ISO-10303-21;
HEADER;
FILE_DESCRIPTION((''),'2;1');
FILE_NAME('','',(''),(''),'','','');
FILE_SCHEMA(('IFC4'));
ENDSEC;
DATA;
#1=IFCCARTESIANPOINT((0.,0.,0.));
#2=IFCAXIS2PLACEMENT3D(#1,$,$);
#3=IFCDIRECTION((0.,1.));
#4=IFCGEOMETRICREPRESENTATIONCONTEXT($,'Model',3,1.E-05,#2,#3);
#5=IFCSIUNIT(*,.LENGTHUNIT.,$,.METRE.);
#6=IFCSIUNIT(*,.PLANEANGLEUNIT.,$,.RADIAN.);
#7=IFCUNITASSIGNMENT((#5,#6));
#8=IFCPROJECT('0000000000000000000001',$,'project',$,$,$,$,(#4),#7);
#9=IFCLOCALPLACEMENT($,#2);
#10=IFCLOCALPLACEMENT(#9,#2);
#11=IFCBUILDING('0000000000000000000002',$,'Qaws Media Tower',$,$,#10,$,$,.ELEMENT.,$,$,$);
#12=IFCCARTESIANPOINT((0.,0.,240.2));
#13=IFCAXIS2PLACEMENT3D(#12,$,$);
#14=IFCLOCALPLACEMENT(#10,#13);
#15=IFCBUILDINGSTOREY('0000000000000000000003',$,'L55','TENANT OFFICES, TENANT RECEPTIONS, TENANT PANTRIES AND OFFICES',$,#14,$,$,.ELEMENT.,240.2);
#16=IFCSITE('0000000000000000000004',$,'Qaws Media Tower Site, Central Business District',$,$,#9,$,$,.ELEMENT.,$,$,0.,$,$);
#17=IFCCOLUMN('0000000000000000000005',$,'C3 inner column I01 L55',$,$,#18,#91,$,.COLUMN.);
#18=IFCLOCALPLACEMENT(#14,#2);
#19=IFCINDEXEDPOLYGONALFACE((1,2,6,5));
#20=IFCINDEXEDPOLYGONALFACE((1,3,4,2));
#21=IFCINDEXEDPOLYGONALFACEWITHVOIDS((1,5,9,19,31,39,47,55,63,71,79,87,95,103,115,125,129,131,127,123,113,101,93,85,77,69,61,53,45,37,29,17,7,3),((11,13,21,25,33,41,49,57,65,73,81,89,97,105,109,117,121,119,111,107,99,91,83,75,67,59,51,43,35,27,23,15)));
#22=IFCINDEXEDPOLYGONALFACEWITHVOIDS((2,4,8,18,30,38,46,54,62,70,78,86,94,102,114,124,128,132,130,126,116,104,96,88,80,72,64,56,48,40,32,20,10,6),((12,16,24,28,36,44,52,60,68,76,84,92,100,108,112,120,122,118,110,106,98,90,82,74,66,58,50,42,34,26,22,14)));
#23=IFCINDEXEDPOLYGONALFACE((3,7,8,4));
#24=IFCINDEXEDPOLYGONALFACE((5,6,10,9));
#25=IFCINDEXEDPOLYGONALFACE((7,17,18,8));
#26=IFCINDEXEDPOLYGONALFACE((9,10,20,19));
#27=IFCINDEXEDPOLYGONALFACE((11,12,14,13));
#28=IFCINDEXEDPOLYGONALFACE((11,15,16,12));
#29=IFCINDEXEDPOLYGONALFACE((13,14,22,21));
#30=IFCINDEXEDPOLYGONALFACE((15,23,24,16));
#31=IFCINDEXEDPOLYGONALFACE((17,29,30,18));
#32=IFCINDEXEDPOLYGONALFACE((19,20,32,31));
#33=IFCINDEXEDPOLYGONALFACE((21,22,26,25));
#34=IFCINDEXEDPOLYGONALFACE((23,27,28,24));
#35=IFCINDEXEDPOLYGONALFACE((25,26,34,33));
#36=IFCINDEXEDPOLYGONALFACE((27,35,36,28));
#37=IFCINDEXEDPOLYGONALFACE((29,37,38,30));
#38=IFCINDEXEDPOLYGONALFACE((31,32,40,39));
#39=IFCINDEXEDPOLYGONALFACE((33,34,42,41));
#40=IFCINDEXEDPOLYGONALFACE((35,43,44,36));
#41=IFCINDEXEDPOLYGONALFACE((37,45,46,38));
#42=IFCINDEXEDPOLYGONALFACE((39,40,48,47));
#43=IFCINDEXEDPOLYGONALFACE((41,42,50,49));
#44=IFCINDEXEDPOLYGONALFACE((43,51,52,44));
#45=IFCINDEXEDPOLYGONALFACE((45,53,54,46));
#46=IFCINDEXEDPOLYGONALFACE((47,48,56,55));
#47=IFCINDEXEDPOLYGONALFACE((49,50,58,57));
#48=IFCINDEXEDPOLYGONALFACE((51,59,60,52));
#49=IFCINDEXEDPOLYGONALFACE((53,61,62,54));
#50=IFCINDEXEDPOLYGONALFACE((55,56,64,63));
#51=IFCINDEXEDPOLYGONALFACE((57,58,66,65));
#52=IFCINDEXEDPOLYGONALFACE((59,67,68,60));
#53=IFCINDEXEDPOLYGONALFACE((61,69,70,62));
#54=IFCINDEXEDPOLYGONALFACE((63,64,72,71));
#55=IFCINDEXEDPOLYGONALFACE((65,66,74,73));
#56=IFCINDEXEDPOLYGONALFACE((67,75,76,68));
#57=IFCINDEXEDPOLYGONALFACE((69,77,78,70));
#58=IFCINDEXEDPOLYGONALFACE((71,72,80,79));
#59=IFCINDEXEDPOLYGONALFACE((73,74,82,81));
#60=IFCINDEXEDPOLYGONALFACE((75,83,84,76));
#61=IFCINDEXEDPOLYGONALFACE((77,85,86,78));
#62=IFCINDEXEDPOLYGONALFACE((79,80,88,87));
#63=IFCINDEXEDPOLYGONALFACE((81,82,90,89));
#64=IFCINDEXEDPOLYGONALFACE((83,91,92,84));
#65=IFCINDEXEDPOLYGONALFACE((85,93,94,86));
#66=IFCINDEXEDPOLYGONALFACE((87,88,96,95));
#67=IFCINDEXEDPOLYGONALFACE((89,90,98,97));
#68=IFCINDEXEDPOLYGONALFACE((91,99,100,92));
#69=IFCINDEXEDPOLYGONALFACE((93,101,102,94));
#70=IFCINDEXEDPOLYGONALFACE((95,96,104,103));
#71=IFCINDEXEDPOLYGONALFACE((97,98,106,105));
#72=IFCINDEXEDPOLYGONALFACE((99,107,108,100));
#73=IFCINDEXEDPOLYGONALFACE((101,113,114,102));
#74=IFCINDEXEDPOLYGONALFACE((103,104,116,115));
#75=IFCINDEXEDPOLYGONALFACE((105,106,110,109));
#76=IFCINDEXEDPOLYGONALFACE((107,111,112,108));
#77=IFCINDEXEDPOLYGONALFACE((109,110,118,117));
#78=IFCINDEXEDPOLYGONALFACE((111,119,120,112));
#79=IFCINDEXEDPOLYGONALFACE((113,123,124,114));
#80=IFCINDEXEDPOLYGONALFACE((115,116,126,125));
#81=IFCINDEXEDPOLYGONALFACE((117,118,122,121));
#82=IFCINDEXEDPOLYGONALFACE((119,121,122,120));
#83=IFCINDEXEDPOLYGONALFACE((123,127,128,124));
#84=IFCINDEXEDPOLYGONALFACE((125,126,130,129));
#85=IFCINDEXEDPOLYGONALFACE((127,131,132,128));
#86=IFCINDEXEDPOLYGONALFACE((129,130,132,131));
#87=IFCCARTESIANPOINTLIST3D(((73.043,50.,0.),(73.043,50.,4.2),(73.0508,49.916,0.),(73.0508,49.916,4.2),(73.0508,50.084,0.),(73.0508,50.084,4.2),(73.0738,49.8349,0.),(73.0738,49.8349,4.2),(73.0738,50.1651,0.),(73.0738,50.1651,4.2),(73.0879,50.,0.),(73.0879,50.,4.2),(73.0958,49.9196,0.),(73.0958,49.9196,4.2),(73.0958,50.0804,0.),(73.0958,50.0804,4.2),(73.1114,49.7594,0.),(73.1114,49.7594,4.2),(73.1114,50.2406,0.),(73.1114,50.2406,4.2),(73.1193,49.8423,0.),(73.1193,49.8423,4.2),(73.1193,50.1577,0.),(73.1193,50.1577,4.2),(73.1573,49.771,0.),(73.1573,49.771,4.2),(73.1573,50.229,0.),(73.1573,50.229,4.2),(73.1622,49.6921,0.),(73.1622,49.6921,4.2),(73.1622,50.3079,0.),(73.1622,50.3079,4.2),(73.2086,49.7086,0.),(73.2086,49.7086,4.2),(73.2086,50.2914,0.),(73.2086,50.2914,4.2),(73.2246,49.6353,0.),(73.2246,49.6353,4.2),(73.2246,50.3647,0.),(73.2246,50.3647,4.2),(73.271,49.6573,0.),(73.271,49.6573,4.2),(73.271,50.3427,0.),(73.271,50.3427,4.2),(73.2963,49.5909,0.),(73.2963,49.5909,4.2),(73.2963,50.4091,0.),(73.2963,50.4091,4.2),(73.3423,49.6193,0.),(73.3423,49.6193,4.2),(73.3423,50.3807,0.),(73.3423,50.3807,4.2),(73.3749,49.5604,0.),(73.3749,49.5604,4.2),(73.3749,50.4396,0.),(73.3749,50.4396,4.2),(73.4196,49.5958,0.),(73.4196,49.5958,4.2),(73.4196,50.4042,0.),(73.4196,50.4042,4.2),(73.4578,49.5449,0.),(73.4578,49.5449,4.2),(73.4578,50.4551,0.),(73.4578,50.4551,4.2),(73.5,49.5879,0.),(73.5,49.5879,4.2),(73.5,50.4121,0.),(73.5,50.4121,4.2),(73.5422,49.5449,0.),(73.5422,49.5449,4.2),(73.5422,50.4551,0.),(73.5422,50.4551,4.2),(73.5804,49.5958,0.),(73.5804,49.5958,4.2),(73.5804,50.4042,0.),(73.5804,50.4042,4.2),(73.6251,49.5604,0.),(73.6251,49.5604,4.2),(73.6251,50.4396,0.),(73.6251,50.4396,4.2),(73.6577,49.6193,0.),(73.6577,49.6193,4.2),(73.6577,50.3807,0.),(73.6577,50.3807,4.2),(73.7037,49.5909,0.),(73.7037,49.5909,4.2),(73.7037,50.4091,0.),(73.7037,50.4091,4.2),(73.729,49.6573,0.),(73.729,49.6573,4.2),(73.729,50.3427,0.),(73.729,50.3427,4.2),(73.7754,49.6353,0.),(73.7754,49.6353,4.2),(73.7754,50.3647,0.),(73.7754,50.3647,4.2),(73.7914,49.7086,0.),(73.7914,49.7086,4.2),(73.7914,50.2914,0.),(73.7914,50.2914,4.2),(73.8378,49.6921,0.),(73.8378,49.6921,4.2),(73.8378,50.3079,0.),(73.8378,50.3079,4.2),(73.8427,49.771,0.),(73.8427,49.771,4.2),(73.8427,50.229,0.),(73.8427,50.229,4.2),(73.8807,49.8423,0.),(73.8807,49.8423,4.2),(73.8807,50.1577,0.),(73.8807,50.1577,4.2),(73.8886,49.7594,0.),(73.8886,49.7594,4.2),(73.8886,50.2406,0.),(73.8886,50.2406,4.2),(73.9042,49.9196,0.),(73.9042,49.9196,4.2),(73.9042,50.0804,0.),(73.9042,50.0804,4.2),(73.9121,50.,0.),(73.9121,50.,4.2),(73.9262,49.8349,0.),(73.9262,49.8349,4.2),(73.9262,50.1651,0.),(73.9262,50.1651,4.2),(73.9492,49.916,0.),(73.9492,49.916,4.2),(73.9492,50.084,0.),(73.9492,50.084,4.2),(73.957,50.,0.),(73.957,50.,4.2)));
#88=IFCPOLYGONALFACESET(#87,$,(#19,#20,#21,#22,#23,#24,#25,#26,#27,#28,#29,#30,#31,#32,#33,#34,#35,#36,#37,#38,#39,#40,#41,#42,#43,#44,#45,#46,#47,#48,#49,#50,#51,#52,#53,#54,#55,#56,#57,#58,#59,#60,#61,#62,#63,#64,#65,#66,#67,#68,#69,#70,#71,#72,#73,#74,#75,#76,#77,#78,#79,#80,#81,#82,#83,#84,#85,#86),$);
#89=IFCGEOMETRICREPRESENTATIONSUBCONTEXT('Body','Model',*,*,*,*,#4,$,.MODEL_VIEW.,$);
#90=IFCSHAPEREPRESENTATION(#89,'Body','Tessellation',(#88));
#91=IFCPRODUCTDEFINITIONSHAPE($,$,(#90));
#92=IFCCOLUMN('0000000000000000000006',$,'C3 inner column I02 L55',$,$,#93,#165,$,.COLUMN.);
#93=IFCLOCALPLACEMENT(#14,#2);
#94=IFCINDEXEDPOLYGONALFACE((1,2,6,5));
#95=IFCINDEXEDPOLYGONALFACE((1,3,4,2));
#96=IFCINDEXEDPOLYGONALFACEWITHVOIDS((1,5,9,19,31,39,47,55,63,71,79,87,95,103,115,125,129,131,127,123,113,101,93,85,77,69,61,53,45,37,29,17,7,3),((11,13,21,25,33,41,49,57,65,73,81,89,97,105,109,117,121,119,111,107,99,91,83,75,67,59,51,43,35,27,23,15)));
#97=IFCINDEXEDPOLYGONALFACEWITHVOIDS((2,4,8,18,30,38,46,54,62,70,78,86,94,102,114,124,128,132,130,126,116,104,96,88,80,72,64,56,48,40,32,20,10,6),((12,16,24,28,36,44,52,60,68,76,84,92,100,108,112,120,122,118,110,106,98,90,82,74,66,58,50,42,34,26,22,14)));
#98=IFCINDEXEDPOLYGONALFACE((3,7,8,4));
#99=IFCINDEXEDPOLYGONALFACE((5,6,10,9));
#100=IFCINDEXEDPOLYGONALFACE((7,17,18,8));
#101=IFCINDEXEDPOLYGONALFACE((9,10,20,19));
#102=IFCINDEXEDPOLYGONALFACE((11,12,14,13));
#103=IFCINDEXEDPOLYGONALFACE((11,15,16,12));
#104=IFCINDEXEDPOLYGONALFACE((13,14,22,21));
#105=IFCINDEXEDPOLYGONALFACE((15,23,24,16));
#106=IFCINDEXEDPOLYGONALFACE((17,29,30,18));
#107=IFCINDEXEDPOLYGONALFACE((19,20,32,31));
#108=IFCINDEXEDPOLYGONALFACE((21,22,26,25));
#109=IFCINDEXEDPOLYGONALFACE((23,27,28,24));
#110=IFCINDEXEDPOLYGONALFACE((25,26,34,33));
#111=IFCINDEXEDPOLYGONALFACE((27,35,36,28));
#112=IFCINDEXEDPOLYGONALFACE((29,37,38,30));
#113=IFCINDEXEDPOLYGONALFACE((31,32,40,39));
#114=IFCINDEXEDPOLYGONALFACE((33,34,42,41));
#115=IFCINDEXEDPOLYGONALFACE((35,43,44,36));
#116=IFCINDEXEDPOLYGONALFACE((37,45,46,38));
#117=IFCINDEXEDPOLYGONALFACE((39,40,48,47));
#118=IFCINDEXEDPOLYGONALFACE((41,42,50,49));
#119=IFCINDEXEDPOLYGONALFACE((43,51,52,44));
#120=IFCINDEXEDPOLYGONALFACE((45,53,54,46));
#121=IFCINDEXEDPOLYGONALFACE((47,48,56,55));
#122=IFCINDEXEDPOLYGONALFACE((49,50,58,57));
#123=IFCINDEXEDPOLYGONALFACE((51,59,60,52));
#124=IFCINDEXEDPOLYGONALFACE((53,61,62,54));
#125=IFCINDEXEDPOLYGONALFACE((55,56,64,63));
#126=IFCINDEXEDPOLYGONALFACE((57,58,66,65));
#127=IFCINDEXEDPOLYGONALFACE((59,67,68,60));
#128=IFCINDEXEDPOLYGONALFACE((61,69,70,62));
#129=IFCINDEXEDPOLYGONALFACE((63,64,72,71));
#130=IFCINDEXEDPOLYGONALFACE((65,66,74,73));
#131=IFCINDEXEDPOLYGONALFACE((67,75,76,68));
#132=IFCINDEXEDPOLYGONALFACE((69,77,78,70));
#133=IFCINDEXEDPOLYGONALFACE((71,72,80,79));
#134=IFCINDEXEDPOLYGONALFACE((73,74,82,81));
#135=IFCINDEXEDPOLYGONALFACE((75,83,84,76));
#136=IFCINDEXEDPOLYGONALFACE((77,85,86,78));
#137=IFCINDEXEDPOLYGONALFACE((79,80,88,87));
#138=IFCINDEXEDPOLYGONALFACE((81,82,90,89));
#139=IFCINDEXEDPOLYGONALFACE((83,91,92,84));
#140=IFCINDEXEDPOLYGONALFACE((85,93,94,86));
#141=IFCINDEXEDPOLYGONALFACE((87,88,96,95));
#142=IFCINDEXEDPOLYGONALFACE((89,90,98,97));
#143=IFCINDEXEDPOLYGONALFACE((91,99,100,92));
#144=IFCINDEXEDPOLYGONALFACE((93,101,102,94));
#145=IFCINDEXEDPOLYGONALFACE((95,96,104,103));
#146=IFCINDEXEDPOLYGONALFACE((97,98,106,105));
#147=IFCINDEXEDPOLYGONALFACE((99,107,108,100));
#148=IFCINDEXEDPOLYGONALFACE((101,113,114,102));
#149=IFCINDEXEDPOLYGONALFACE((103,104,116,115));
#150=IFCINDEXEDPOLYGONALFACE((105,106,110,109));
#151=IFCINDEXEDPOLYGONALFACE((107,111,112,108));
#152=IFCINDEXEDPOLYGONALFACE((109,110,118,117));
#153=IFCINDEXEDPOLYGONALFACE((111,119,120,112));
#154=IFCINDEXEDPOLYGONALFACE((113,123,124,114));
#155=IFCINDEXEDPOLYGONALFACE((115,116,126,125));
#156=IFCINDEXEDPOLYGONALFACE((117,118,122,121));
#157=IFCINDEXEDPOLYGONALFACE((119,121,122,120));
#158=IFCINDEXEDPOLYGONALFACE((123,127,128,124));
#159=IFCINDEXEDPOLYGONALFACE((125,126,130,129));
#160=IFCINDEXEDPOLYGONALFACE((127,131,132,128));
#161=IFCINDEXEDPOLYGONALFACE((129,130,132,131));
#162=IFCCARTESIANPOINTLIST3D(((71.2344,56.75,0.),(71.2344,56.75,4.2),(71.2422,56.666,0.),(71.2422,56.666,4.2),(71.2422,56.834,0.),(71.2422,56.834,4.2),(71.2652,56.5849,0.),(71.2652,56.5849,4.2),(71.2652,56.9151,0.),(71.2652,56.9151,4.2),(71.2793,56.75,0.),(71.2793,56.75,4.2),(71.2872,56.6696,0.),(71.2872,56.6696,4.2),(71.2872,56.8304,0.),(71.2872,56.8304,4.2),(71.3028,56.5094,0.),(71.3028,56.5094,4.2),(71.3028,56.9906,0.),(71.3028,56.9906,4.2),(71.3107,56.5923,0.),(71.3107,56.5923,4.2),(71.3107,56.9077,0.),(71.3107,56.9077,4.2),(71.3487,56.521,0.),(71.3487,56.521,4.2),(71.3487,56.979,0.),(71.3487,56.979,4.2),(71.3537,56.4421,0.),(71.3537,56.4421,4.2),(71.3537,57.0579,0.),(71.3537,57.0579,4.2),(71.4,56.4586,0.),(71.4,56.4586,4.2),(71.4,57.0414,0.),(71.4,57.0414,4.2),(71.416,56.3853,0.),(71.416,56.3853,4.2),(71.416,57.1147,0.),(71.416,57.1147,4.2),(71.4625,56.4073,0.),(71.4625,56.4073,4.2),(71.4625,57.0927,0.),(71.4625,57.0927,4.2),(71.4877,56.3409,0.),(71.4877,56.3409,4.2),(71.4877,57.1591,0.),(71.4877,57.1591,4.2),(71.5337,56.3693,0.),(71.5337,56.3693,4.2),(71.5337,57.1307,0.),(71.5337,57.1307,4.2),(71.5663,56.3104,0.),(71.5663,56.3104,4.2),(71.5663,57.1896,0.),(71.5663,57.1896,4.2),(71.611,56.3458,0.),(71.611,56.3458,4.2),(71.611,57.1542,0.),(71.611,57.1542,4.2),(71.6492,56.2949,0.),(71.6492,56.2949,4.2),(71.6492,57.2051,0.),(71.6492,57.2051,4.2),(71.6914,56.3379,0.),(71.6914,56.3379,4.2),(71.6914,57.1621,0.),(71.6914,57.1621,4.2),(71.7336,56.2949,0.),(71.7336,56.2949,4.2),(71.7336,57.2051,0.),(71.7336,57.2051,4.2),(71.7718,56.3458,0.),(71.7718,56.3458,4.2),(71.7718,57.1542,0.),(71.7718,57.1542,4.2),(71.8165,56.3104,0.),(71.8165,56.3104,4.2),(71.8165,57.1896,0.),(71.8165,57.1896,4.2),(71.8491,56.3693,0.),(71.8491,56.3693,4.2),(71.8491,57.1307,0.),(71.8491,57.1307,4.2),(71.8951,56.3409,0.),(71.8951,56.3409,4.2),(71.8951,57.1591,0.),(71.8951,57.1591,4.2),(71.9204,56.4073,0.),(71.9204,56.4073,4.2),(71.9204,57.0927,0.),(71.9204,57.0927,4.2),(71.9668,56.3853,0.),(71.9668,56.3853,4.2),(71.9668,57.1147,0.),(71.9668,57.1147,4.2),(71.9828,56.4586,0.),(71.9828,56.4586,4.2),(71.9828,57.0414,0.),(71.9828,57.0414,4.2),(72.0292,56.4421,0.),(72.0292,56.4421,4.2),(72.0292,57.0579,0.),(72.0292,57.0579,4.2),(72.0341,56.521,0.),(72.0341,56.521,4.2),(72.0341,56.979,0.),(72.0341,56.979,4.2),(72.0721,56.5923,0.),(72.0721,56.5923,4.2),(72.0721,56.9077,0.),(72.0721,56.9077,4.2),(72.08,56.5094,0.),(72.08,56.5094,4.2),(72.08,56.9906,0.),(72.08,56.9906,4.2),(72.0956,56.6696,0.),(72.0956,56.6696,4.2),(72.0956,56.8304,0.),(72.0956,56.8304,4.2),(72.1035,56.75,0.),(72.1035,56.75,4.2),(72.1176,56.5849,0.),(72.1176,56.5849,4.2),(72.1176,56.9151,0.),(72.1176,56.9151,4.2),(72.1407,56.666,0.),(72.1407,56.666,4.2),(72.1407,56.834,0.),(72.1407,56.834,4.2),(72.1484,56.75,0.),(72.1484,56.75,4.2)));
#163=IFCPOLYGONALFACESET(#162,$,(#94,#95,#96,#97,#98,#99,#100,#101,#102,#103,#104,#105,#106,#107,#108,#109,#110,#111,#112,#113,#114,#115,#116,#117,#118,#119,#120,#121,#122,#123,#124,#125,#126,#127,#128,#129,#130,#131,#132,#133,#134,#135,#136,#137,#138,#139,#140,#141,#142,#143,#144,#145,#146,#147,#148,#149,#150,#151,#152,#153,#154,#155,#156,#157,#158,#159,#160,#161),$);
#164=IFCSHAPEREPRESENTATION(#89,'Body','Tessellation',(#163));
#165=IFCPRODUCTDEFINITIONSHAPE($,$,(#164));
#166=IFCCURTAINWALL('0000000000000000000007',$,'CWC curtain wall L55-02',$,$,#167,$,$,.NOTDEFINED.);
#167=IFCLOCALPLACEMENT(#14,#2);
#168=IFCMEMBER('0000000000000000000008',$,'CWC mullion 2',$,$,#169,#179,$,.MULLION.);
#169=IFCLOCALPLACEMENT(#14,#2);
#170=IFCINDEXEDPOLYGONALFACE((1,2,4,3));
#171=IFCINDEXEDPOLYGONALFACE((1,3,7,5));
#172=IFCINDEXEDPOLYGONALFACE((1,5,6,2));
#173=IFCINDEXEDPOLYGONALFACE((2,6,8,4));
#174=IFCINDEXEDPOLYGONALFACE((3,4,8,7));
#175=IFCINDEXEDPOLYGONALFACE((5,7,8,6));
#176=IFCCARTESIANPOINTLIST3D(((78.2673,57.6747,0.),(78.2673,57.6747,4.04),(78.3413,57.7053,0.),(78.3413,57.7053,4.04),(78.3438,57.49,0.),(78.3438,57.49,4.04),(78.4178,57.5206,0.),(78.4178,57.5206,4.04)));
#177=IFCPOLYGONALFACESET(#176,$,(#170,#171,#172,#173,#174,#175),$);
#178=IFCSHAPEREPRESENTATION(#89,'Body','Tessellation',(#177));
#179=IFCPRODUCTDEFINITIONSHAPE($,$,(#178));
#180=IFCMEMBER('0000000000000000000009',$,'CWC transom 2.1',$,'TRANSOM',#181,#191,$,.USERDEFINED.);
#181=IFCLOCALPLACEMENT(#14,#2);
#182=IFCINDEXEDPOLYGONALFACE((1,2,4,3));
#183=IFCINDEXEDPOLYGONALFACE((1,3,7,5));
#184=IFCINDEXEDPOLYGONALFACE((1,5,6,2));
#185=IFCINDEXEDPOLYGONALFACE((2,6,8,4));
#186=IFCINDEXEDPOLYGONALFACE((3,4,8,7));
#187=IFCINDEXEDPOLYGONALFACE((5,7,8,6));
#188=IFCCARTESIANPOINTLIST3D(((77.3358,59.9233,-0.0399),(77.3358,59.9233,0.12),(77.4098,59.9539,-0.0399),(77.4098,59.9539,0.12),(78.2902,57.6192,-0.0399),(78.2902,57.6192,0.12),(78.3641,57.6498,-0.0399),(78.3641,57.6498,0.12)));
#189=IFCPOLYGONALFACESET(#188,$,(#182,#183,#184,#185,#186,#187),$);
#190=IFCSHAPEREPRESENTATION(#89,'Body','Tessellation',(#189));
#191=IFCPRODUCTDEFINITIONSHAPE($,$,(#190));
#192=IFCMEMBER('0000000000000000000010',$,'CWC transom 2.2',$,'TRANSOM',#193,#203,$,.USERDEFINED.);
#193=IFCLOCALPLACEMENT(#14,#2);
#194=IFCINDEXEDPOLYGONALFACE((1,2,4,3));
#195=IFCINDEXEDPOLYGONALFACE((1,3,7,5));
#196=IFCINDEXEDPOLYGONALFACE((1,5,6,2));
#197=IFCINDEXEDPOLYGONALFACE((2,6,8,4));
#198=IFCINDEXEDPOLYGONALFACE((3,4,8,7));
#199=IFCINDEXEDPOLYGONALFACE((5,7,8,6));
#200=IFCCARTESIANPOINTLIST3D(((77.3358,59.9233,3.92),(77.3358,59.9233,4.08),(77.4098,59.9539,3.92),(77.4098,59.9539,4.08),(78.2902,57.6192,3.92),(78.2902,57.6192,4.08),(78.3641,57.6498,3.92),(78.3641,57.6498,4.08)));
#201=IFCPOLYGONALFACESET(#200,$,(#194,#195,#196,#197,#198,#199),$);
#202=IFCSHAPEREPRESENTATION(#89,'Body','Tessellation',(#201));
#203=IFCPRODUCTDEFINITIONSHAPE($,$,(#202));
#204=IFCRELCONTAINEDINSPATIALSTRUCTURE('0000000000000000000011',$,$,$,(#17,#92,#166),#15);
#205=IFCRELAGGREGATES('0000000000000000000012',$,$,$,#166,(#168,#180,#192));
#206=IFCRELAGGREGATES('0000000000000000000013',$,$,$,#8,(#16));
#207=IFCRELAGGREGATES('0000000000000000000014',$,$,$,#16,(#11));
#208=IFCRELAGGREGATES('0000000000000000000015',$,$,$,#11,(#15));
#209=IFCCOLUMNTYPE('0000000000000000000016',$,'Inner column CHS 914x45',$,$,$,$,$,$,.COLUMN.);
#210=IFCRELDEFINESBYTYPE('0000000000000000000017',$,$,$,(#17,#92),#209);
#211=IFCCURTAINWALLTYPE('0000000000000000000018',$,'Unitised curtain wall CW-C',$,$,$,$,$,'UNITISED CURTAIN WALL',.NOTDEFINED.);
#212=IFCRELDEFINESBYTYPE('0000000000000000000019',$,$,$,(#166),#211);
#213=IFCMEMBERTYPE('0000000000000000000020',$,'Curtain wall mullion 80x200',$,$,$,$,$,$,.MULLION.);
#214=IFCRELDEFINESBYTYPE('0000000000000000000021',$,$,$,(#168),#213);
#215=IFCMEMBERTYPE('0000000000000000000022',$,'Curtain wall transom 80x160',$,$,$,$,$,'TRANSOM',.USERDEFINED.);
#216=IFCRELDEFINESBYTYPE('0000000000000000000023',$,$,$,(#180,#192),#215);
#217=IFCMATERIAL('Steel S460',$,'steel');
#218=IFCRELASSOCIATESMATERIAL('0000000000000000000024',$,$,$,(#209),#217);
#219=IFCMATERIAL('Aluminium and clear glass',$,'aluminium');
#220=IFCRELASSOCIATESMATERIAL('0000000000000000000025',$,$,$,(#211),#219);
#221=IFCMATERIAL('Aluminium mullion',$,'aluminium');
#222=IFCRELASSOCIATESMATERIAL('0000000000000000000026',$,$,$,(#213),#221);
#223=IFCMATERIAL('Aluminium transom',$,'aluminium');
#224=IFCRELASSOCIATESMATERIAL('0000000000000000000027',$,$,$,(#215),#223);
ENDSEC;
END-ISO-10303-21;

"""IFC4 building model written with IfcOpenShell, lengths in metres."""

from ifc_helpers import new_model, si_unit, direction, frame, origin, origin_2d, place, context, subcontext, project, spatial, rectangle, hollow_circle, extrude, material, material_profile, profile_set, type_object, element, aggregate, save


model = new_model("IFC4")

# Units and contexts
model_context = context("Model", 3, precision=1e-05, world=origin(), true_north=direction((0.0, 1.0)))
body_context = subcontext(model_context, "Body", "Model", "MODEL_VIEW")
ifc_project = project(units=[si_unit("LENGTHUNIT", "METRE"), si_unit("PLANEANGLEUNIT", "RADIAN")], contexts=[model_context])

# Site, building, storey
site_placement = place(None, origin())
site = spatial("IfcSite", under=ifc_project, at=site_placement, Name="Qaws Media Tower Site, Central Business District", CompositionType="ELEMENT", RefElevation=0.0)
building_placement = place(site_placement, origin())
building = spatial("IfcBuilding", under=site, at=building_placement, Name="Qaws Media Tower", CompositionType="ELEMENT")
storey_placement = place(building_placement, frame((0.0, 0.0, 240.2)))
storey = spatial("IfcBuildingStorey", under=building, at=storey_placement, Name="L55", Description="TENANT OFFICES, TENANT RECEPTIONS, TENANT PANTRIES AND OFFICES", CompositionType="ELEMENT", Elevation=240.2)

# Columns
ifc_material_1 = material(Name="Steel S460", Category="steel")
ifc_material_profile_1 = material_profile(ifc_material_1, hollow_circle(Radius=0.457, WallThickness=0.0449, at=origin_2d()), Name="CHS 914x45")
ifc_profile_set_1 = profile_set([ifc_material_profile_1], Name="Steel S460")
column_type = type_object("IfcColumnType", Name="Inner column CHS 914x45", PredefinedType="COLUMN", material=ifc_profile_set_1)
for number, where, z_axis, x_axis, name in (
    (1, (73.5, 50.0, 0.0), (0.0, 0.0, 1.0), (1.0, 0.0, 0.0), "C3 inner column I01 L55"),
    (2, (71.6914, 56.75, 0.0), (0.0, 0.0, 1.0), (1.0, 0.0, 0.0), "C3 inner column I02 L55"),
):
    element("IfcColumn", number, at=place(storey_placement, frame(where, z_axis=z_axis, x_axis=x_axis)), inside=storey, type_object=column_type, Name=name, PredefinedType="COLUMN", context=body_context, shape_type="SweptSolid", body=[
        extrude(hollow_circle(Radius=0.457, WallThickness=0.0449, at=origin_2d()), origin(), (0.0, 0.0, 1.0), 4.2),
    ])

# Curtain wall, members
ifc_material_2 = material(Name="Aluminium and clear glass", Category="aluminium")
curtain_wall_type = type_object("IfcCurtainWallType", Name="Unitised curtain wall CW-C", ElementType="UNITISED CURTAIN WALL", PredefinedType="NOTDEFINED", material=ifc_material_2)
curtain_wall_placement = place(storey_placement, origin())
curtain_wall = element("IfcCurtainWall", 3, at=curtain_wall_placement, inside=storey, type_object=curtain_wall_type, Name="CWC curtain wall L55-02", PredefinedType="NOTDEFINED")
ifc_material_3 = material(Name="Aluminium mullion", Category="aluminium")
ifc_material_profile_2 = material_profile(ifc_material_3, rectangle(XDim=0.0801, YDim=0.2, at=origin_2d()), Name="80x200")
ifc_profile_set_2 = profile_set([ifc_material_profile_2], Name="Aluminium mullion")
member_type_1 = type_object("IfcMemberType", Name="Curtain wall mullion 80x200", PredefinedType="MULLION", material=ifc_profile_set_2)
member_1_placement = place(storey_placement, frame((78.3425, 57.5977, 0.0), z_axis=(0.0, 0.0, 1.0), x_axis=(-0.92388, -0.382683, 0.0)))
member_1 = element("IfcMember", 4, at=member_1_placement, type_object=member_type_1, Name="CWC mullion 2", PredefinedType="MULLION", context=body_context, shape_type="SweptSolid", body=[
    extrude(rectangle(XDim=0.0801, YDim=0.2, at=origin_2d()), origin(), (0.0, 0.0, 1.0), 4.04),
])
ifc_material_4 = material(Name="Aluminium transom", Category="aluminium")
ifc_material_profile_3 = material_profile(ifc_material_4, rectangle(XDim=0.0801, YDim=0.1599, at=origin_2d()), Name="80x160")
ifc_profile_set_3 = profile_set([ifc_material_profile_3], Name="Aluminium transom")
member_type_2 = type_object("IfcMemberType", Name="Curtain wall transom 80x160", ElementType="TRANSOM", PredefinedType="USERDEFINED", material=ifc_profile_set_3)
member_2_placement = place(storey_placement, frame((78.3271, 57.6345, 0.04), z_axis=(-0.382689, 0.923877, 0.0), x_axis=(-0.923877, -0.382689, 0.0)))
member_2 = element("IfcMember", 5, at=member_2_placement, type_object=member_type_2, Name="CWC transom 2.1", ObjectType="TRANSOM", PredefinedType="USERDEFINED", context=body_context, shape_type="SweptSolid", body=[
    extrude(rectangle(XDim=0.0801, YDim=0.1599, at=origin_2d()), origin(), (0.0, 0.0, 1.0), 2.4939),
])
member_3_placement = place(storey_placement, frame((78.3271, 57.6345, 4.0), z_axis=(-0.382689, 0.923877, 0.0), x_axis=(-0.923877, -0.382689, 0.0)))
member_3 = element("IfcMember", 6, at=member_3_placement, type_object=member_type_2, Name="CWC transom 2.2", ObjectType="TRANSOM", PredefinedType="USERDEFINED", context=body_context, shape_type="SweptSolid", body=[
    extrude(rectangle(XDim=0.0801, YDim=0.1599, at=origin_2d()), origin(), (0.0, 0.0, 1.0), 2.4939),
])

aggregate(curtain_wall, [member_1, member_2, member_3])

save(model, "model.ifc")
